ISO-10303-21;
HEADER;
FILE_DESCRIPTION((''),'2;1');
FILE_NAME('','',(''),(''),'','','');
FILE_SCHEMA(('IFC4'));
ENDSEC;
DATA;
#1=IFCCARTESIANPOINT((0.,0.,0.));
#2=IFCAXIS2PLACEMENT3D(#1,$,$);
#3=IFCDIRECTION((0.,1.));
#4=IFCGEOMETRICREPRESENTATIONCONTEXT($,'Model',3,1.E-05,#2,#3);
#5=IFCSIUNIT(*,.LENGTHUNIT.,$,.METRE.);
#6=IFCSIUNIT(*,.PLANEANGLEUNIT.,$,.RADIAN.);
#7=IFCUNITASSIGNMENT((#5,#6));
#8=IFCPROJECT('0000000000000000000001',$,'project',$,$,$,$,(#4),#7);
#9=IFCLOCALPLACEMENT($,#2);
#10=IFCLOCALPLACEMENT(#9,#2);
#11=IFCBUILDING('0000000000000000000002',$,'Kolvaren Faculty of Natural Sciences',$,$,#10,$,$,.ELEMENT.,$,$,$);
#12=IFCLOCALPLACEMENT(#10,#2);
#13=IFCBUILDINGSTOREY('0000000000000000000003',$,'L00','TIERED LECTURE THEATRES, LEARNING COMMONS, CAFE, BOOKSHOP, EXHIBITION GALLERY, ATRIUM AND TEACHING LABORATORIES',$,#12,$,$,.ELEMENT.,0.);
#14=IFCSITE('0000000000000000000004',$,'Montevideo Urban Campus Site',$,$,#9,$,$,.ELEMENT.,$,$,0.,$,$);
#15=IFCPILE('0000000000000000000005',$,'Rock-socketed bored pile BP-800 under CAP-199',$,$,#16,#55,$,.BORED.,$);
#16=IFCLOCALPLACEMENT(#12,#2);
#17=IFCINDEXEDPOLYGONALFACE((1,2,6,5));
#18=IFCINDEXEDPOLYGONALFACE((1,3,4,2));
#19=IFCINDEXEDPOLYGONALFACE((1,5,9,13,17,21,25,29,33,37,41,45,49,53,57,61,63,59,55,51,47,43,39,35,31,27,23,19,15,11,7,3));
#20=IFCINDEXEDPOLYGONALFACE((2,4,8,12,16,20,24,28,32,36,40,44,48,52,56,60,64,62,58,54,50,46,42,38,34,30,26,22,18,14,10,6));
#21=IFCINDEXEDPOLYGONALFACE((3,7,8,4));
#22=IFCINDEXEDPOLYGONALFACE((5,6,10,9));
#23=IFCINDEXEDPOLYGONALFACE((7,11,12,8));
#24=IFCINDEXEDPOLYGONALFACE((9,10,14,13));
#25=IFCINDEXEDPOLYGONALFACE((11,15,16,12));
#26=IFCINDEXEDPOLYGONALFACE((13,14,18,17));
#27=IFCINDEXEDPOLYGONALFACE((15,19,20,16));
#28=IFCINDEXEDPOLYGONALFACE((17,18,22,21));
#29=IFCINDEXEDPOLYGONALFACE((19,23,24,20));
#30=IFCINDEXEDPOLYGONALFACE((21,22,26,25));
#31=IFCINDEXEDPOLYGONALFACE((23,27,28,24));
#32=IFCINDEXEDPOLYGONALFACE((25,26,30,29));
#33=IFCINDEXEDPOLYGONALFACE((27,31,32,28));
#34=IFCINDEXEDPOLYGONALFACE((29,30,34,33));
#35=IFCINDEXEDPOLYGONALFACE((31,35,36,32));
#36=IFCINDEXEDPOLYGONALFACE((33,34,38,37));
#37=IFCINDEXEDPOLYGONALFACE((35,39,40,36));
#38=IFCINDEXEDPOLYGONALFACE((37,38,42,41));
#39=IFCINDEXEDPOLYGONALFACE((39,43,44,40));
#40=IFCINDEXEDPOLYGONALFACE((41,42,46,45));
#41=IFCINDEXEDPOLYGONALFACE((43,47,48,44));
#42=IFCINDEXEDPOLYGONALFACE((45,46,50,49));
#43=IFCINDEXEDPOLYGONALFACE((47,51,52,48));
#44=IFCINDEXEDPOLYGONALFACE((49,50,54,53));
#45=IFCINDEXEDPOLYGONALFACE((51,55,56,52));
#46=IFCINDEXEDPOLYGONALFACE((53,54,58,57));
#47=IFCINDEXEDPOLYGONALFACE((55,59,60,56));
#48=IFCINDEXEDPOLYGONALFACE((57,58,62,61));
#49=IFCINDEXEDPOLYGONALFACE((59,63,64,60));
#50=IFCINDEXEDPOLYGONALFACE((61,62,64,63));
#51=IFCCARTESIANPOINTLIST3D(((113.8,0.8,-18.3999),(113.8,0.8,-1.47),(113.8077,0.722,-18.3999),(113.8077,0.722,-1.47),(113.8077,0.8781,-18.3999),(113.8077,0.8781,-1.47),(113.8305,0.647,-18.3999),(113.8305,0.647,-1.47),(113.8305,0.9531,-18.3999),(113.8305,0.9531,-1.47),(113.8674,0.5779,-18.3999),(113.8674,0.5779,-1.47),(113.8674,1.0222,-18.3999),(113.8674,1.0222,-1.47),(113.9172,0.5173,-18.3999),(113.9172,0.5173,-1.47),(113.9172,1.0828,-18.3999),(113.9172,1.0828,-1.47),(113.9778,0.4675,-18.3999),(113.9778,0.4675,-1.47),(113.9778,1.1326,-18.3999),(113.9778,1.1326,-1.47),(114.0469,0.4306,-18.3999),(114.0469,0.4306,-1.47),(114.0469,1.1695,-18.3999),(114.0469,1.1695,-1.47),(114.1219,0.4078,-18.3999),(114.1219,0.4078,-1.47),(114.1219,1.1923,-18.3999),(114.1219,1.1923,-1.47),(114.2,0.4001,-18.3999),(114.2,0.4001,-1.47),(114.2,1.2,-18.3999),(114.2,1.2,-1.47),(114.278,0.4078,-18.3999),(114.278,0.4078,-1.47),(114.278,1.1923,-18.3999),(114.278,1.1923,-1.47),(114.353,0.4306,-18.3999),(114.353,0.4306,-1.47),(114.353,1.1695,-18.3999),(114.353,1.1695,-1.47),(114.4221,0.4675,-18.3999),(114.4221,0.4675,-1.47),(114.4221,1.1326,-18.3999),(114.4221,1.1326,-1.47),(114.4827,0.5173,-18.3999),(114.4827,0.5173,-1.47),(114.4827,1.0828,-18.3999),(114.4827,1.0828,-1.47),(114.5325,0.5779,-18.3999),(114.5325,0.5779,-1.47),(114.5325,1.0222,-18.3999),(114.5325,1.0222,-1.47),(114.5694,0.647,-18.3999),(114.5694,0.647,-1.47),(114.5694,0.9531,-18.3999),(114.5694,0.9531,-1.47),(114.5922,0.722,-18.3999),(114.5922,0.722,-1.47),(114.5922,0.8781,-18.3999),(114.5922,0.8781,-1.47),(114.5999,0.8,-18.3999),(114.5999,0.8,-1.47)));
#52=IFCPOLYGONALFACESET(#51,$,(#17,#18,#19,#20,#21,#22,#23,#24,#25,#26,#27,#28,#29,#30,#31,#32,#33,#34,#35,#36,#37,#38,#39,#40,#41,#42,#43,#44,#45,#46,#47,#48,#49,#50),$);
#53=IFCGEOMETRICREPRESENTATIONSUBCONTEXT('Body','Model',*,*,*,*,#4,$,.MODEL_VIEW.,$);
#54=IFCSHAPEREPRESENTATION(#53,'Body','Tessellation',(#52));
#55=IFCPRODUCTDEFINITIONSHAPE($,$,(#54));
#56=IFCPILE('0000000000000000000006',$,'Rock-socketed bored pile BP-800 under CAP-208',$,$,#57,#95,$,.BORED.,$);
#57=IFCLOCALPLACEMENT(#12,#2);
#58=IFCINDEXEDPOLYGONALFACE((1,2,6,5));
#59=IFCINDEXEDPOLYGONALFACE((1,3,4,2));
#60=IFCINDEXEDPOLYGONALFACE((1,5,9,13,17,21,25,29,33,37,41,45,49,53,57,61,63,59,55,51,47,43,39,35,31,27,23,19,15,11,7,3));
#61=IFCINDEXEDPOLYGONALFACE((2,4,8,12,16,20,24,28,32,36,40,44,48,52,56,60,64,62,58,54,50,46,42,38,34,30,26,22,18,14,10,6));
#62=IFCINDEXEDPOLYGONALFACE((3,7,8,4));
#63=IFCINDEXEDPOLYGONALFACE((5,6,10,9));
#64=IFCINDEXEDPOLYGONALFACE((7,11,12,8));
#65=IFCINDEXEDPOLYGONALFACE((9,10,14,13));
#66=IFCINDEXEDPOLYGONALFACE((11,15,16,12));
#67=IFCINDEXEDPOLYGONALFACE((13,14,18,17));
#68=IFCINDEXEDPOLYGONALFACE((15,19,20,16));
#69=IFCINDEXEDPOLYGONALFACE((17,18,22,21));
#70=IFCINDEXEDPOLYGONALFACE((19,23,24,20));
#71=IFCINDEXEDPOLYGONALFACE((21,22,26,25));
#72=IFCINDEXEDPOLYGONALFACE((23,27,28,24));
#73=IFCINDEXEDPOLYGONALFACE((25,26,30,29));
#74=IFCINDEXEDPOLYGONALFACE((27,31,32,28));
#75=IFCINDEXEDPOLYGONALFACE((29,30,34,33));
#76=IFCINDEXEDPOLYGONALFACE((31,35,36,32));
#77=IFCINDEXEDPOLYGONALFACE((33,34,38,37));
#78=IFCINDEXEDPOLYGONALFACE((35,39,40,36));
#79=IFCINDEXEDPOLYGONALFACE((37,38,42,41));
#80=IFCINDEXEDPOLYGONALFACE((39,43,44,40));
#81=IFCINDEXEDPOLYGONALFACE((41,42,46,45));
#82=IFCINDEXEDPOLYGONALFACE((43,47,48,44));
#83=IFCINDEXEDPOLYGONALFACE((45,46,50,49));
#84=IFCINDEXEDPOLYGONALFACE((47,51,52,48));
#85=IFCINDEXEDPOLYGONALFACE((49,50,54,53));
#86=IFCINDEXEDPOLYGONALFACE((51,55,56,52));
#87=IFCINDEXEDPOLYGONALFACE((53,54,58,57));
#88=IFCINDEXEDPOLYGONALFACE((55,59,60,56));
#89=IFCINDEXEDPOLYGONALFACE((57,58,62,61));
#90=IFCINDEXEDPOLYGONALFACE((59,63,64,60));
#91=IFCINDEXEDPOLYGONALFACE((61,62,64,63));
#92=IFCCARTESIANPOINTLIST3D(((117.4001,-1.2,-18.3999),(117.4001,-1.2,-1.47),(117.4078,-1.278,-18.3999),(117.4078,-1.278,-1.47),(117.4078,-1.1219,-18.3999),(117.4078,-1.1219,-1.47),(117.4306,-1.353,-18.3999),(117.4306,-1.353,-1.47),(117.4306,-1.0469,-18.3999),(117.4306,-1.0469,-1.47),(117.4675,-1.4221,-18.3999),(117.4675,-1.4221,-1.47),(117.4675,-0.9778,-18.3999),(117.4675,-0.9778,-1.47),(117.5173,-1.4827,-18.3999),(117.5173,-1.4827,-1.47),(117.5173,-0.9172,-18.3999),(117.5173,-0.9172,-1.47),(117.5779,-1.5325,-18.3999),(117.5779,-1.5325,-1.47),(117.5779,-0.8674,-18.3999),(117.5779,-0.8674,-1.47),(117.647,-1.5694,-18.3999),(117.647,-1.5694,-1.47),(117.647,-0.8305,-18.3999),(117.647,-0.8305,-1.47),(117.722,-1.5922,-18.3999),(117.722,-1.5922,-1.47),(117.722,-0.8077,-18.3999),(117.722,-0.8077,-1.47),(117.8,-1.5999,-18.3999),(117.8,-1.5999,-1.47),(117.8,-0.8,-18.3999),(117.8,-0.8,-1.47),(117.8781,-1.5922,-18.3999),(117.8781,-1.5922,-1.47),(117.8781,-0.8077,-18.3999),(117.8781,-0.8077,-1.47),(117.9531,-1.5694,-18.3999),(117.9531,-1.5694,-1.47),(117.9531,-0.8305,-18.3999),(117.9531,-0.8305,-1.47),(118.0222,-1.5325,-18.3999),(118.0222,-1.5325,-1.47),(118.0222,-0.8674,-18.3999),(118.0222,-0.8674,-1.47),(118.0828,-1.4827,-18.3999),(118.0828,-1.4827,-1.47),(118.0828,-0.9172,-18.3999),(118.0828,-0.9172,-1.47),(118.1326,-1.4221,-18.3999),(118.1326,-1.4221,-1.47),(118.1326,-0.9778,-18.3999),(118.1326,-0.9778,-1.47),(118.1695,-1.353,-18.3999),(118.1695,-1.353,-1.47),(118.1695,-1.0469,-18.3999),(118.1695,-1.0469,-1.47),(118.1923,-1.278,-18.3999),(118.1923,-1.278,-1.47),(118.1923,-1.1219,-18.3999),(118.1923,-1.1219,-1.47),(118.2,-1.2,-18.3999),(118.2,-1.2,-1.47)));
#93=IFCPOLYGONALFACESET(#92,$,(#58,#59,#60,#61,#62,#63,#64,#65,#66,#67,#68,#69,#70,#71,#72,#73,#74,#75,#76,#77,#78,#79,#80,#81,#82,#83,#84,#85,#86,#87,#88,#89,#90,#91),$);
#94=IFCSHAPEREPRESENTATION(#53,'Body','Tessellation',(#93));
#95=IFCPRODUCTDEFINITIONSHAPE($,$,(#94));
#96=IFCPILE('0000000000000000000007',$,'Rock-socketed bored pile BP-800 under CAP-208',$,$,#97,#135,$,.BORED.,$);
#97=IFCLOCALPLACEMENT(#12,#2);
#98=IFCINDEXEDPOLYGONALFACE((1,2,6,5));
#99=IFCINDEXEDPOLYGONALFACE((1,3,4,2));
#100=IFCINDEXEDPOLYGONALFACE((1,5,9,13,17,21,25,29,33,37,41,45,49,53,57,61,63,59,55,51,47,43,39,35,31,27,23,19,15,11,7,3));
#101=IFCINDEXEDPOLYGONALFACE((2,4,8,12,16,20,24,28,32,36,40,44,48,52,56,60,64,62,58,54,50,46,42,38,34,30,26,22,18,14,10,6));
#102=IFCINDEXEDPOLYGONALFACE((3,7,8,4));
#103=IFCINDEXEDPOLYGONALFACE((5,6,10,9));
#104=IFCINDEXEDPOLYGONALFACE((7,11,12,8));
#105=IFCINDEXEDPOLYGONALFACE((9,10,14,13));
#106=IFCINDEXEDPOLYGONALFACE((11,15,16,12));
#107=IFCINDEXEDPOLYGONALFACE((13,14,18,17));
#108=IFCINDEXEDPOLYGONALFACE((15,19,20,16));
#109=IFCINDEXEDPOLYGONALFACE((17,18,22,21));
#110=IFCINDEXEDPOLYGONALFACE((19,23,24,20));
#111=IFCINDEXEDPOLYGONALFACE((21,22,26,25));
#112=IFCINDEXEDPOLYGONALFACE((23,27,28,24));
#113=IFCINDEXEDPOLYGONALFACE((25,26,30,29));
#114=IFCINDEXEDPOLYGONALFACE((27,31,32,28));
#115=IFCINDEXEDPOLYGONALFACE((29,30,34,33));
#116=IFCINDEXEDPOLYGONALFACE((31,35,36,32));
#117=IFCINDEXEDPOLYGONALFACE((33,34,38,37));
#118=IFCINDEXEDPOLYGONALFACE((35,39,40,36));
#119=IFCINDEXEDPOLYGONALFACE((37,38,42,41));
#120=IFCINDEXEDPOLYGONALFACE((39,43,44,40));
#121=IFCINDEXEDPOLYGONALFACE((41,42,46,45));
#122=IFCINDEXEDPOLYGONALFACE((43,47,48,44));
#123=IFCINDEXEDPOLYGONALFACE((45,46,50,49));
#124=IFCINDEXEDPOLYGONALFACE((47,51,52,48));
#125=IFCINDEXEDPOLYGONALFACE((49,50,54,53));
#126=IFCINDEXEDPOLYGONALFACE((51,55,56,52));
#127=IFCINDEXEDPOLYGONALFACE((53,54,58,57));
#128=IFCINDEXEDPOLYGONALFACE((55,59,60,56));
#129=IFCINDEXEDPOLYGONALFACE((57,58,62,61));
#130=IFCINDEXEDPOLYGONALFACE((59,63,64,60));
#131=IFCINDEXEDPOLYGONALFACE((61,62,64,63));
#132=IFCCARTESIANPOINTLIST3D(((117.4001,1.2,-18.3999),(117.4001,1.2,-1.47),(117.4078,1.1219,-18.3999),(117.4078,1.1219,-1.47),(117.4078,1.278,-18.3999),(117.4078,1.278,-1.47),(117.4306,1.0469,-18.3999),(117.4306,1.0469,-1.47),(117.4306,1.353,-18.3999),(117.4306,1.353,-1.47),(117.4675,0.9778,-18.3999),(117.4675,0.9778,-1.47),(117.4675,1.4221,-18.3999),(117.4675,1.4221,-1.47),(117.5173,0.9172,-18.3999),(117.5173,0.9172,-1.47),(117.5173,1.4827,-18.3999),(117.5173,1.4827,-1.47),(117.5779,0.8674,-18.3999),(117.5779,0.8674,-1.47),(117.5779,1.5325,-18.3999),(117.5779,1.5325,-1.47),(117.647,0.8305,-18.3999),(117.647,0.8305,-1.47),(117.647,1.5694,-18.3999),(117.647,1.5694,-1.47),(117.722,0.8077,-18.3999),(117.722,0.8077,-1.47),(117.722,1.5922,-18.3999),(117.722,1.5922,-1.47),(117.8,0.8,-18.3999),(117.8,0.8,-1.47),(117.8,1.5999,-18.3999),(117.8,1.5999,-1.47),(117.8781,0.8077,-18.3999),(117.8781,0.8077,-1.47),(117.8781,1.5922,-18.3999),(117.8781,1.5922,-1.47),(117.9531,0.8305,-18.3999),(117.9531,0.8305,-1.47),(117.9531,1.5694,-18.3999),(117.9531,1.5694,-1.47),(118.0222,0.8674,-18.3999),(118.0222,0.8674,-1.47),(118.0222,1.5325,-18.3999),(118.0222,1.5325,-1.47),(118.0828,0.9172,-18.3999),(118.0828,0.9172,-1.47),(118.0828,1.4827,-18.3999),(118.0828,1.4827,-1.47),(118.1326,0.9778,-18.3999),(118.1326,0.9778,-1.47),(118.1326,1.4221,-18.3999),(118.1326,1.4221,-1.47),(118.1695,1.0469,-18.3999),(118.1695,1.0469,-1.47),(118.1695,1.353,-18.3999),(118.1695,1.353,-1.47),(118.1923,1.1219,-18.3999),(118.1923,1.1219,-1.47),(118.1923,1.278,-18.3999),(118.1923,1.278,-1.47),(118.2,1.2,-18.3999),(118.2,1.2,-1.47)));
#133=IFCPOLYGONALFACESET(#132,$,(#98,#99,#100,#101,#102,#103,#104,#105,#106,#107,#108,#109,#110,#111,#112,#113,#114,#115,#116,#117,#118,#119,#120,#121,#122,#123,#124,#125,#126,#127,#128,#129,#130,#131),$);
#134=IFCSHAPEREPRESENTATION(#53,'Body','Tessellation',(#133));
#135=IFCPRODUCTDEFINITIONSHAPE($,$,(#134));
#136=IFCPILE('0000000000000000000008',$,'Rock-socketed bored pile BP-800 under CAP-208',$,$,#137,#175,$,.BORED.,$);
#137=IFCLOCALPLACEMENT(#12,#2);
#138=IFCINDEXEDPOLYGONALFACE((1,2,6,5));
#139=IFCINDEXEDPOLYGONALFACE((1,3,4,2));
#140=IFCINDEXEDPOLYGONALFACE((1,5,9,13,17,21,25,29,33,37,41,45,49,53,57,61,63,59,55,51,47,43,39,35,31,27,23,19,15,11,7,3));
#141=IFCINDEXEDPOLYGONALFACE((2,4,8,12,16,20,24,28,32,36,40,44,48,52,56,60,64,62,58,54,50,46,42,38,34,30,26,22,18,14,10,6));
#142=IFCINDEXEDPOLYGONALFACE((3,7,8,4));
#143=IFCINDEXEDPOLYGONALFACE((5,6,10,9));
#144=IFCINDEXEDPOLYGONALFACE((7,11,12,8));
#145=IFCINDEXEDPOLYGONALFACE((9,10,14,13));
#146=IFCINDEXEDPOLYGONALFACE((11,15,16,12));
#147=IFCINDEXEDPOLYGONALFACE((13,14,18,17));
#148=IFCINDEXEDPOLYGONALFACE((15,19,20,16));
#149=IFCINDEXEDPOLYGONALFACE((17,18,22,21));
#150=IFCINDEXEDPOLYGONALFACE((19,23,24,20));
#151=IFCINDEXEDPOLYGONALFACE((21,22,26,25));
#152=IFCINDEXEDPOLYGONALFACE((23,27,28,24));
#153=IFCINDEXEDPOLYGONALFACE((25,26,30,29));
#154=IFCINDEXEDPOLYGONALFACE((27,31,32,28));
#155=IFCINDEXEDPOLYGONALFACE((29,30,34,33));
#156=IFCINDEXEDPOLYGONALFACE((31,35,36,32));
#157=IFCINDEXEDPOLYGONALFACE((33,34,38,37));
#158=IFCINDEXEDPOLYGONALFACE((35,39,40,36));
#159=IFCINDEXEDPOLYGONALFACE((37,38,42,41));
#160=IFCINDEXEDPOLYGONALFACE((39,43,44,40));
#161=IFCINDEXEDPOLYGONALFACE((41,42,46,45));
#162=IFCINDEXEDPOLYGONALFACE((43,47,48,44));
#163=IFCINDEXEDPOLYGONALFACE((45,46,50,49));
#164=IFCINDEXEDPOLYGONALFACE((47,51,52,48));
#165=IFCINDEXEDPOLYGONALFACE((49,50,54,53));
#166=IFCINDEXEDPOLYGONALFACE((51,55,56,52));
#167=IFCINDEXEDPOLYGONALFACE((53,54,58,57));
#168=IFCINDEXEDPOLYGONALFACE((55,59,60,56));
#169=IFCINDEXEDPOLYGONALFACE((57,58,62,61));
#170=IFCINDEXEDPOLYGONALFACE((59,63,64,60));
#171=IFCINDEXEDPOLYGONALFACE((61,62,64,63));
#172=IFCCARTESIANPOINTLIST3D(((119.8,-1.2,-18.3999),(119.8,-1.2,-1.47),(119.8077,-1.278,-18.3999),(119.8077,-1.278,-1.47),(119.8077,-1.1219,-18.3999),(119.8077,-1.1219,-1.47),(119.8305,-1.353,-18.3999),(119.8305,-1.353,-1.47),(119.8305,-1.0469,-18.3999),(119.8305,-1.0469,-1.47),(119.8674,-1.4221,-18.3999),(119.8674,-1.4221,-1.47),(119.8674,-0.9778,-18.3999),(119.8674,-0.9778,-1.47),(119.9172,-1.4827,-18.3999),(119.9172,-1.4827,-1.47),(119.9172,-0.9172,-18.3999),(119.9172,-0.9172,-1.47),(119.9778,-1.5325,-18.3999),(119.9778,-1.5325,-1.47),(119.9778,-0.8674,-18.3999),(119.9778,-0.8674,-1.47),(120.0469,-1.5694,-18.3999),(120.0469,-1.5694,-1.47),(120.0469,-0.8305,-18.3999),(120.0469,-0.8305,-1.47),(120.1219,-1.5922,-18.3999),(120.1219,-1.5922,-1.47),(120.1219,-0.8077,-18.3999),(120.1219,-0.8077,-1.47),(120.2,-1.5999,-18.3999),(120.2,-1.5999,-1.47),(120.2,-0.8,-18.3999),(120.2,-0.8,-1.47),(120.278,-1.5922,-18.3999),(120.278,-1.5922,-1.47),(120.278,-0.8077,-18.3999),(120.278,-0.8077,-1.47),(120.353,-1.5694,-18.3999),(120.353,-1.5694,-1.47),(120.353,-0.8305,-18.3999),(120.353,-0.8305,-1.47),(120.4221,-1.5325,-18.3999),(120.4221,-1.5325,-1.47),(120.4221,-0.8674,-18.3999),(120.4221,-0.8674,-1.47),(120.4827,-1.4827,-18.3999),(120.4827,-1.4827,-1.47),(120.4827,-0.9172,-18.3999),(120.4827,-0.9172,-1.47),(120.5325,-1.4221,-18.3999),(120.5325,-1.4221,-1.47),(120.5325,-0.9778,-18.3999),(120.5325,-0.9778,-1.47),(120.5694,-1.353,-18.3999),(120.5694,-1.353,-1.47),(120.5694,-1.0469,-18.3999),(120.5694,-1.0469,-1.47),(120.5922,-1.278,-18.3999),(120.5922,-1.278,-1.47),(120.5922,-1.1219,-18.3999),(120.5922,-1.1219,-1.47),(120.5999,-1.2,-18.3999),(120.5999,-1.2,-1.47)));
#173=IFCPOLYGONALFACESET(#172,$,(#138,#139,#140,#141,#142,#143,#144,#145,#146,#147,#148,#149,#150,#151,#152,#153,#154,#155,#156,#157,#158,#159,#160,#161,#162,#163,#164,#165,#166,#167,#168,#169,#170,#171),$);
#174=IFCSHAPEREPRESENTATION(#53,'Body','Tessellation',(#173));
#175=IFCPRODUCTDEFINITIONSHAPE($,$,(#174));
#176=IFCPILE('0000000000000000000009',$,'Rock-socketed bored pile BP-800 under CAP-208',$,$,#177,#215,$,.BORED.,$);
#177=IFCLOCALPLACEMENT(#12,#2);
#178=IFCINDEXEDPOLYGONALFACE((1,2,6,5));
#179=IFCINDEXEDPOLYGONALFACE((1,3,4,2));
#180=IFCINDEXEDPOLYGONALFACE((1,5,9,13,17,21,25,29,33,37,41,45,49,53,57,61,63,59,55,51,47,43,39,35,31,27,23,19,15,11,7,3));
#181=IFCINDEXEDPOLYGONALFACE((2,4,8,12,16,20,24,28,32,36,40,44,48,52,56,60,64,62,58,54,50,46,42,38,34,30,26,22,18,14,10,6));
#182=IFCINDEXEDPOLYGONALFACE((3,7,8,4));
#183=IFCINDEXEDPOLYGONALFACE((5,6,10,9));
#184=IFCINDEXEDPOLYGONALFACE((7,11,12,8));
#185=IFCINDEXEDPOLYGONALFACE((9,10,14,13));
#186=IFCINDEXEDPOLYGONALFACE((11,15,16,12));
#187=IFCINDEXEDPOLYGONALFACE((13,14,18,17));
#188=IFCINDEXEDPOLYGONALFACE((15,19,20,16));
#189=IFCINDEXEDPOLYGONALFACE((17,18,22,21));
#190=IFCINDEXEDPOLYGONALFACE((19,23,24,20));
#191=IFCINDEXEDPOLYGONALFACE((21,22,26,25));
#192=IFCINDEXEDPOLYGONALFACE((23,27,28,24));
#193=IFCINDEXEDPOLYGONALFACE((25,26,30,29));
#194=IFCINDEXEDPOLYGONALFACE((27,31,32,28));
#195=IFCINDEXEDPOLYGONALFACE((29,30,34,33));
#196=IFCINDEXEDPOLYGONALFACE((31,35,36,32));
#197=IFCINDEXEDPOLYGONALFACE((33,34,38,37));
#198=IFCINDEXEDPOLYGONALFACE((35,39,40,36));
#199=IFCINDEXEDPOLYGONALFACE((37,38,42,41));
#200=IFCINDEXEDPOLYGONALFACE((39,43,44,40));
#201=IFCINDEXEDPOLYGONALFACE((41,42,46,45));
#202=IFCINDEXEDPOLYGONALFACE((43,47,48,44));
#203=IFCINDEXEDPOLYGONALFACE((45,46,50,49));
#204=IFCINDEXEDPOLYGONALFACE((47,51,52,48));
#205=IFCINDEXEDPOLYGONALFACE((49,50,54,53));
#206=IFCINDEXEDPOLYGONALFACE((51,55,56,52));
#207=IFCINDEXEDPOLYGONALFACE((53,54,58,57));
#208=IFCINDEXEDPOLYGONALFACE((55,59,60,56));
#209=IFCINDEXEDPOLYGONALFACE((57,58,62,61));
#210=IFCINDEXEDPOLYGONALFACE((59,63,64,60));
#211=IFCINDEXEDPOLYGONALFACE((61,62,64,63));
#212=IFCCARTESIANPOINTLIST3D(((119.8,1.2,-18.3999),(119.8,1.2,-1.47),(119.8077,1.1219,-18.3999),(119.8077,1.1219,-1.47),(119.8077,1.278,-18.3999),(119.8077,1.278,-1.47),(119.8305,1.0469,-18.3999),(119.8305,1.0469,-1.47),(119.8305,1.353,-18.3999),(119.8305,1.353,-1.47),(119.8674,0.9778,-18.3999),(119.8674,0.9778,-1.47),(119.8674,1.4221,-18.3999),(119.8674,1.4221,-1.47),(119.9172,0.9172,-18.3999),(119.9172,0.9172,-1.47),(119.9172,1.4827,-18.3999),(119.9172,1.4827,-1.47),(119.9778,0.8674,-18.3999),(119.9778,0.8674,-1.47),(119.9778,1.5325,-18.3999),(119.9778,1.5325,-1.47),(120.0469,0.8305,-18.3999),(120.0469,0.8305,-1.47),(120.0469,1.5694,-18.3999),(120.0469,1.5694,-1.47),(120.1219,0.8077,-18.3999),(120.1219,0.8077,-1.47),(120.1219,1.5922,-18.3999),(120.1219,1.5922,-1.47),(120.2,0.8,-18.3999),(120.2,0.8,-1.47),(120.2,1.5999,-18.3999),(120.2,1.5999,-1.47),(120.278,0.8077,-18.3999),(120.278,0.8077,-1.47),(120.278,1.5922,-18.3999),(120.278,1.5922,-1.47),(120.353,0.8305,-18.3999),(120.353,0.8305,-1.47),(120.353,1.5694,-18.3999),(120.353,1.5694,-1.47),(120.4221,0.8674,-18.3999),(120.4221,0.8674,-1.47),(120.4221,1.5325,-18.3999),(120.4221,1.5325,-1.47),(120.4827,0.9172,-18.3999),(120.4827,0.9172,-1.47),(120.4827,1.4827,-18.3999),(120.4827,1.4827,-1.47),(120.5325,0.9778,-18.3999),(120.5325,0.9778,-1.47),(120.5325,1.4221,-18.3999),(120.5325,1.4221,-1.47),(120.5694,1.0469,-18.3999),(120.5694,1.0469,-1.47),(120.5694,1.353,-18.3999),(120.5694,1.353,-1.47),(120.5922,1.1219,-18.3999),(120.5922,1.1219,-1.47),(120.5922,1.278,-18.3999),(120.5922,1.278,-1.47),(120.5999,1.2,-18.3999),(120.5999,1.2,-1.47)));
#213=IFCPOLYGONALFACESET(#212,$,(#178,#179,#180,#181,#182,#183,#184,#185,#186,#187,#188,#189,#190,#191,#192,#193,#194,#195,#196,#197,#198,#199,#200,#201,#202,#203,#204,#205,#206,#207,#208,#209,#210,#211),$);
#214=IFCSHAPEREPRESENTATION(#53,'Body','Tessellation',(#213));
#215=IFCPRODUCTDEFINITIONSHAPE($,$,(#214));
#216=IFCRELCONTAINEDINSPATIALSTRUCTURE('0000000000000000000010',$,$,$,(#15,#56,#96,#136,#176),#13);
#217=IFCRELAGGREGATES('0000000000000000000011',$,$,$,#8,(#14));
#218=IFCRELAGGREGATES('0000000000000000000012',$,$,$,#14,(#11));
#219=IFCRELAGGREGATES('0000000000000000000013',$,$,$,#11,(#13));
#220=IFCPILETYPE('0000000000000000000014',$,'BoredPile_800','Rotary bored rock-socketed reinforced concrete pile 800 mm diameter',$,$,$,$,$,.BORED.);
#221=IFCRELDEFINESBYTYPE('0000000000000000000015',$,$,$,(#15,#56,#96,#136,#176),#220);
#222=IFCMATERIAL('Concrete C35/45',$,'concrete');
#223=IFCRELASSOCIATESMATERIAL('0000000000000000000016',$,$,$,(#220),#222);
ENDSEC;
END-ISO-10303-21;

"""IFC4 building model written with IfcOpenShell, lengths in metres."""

from ifc_helpers import new_model, si_unit, direction, frame, origin, origin_2d, place, context, subcontext, project, spatial, circle, extrude, material, material_profile, profile_set, type_object, element, save


model = new_model("IFC4")

# Units and contexts
model_context = context("Model", 3, precision=1e-05, world=origin(), true_north=direction((0.0, 1.0)))
body_context = subcontext(model_context, "Body", "Model", "MODEL_VIEW")
ifc_project = project(units=[si_unit("LENGTHUNIT", "METRE"), si_unit("PLANEANGLEUNIT", "RADIAN")], contexts=[model_context])

# Site, building, storey
site_placement = place(None, origin())
site = spatial("IfcSite", under=ifc_project, at=site_placement, Name="Montevideo Urban Campus Site", CompositionType="ELEMENT", RefElevation=0.0)
building_placement = place(site_placement, origin())
building = spatial("IfcBuilding", under=site, at=building_placement, Name="Kolvaren Faculty of Natural Sciences", CompositionType="ELEMENT")
storey_placement = place(building_placement, origin())
storey = spatial("IfcBuildingStorey", under=building, at=storey_placement, Name="L00", Description="TIERED LECTURE THEATRES, LEARNING COMMONS, CAFE, BOOKSHOP, EXHIBITION GALLERY, ATRIUM AND TEACHING LABORATORIES", CompositionType="ELEMENT", Elevation=0.0)

# Piles
ifc_material_1 = material(Name="Concrete C35/45", Category="concrete")
ifc_material_profile_1 = material_profile(ifc_material_1, circle(Radius=0.3999, at=origin_2d()), Name="PILE D800")
ifc_profile_set_1 = profile_set([ifc_material_profile_1], Name="Concrete C35/45")
pile_type = type_object("IfcPileType", Name="BoredPile_800", Description="Rotary bored rock-socketed reinforced concrete pile 800 mm diameter", PredefinedType="BORED", material=ifc_profile_set_1)
for number, where, z_axis, x_axis, name in (
    (1, (114.2, 0.8, -1.47), (0.0, 0.0, -1.0), (1.0, 0.0, 0.0), "Rock-socketed bored pile BP-800 under CAP-199"),
    (2, (117.8, -1.2, -1.47), (0.0, 0.0, -1.0), (1.0, 0.0, 0.0), "Rock-socketed bored pile BP-800 under CAP-208"),
    (3, (117.8, 1.2, -1.47), (0.0, 0.0, -1.0), (1.0, 0.0, 0.0), "Rock-socketed bored pile BP-800 under CAP-208"),
    (4, (120.2, -1.2, -1.47), (0.0, 0.0, -1.0), (1.0, 0.0, 0.0), "Rock-socketed bored pile BP-800 under CAP-208"),
    (5, (120.2, 1.2, -1.47), (0.0, 0.0, -1.0), (1.0, 0.0, 0.0), "Rock-socketed bored pile BP-800 under CAP-208"),
):
    element("IfcPile", number, at=place(storey_placement, frame(where, z_axis=z_axis, x_axis=x_axis)), inside=storey, type_object=pile_type, Name=name, PredefinedType="BORED", context=body_context, shape_type="SweptSolid", body=[
        extrude(circle(Radius=0.3999, at=origin_2d()), origin(), (0.0, 0.0, 1.0), 16.9299),
    ])

save(model, "model.ifc")
